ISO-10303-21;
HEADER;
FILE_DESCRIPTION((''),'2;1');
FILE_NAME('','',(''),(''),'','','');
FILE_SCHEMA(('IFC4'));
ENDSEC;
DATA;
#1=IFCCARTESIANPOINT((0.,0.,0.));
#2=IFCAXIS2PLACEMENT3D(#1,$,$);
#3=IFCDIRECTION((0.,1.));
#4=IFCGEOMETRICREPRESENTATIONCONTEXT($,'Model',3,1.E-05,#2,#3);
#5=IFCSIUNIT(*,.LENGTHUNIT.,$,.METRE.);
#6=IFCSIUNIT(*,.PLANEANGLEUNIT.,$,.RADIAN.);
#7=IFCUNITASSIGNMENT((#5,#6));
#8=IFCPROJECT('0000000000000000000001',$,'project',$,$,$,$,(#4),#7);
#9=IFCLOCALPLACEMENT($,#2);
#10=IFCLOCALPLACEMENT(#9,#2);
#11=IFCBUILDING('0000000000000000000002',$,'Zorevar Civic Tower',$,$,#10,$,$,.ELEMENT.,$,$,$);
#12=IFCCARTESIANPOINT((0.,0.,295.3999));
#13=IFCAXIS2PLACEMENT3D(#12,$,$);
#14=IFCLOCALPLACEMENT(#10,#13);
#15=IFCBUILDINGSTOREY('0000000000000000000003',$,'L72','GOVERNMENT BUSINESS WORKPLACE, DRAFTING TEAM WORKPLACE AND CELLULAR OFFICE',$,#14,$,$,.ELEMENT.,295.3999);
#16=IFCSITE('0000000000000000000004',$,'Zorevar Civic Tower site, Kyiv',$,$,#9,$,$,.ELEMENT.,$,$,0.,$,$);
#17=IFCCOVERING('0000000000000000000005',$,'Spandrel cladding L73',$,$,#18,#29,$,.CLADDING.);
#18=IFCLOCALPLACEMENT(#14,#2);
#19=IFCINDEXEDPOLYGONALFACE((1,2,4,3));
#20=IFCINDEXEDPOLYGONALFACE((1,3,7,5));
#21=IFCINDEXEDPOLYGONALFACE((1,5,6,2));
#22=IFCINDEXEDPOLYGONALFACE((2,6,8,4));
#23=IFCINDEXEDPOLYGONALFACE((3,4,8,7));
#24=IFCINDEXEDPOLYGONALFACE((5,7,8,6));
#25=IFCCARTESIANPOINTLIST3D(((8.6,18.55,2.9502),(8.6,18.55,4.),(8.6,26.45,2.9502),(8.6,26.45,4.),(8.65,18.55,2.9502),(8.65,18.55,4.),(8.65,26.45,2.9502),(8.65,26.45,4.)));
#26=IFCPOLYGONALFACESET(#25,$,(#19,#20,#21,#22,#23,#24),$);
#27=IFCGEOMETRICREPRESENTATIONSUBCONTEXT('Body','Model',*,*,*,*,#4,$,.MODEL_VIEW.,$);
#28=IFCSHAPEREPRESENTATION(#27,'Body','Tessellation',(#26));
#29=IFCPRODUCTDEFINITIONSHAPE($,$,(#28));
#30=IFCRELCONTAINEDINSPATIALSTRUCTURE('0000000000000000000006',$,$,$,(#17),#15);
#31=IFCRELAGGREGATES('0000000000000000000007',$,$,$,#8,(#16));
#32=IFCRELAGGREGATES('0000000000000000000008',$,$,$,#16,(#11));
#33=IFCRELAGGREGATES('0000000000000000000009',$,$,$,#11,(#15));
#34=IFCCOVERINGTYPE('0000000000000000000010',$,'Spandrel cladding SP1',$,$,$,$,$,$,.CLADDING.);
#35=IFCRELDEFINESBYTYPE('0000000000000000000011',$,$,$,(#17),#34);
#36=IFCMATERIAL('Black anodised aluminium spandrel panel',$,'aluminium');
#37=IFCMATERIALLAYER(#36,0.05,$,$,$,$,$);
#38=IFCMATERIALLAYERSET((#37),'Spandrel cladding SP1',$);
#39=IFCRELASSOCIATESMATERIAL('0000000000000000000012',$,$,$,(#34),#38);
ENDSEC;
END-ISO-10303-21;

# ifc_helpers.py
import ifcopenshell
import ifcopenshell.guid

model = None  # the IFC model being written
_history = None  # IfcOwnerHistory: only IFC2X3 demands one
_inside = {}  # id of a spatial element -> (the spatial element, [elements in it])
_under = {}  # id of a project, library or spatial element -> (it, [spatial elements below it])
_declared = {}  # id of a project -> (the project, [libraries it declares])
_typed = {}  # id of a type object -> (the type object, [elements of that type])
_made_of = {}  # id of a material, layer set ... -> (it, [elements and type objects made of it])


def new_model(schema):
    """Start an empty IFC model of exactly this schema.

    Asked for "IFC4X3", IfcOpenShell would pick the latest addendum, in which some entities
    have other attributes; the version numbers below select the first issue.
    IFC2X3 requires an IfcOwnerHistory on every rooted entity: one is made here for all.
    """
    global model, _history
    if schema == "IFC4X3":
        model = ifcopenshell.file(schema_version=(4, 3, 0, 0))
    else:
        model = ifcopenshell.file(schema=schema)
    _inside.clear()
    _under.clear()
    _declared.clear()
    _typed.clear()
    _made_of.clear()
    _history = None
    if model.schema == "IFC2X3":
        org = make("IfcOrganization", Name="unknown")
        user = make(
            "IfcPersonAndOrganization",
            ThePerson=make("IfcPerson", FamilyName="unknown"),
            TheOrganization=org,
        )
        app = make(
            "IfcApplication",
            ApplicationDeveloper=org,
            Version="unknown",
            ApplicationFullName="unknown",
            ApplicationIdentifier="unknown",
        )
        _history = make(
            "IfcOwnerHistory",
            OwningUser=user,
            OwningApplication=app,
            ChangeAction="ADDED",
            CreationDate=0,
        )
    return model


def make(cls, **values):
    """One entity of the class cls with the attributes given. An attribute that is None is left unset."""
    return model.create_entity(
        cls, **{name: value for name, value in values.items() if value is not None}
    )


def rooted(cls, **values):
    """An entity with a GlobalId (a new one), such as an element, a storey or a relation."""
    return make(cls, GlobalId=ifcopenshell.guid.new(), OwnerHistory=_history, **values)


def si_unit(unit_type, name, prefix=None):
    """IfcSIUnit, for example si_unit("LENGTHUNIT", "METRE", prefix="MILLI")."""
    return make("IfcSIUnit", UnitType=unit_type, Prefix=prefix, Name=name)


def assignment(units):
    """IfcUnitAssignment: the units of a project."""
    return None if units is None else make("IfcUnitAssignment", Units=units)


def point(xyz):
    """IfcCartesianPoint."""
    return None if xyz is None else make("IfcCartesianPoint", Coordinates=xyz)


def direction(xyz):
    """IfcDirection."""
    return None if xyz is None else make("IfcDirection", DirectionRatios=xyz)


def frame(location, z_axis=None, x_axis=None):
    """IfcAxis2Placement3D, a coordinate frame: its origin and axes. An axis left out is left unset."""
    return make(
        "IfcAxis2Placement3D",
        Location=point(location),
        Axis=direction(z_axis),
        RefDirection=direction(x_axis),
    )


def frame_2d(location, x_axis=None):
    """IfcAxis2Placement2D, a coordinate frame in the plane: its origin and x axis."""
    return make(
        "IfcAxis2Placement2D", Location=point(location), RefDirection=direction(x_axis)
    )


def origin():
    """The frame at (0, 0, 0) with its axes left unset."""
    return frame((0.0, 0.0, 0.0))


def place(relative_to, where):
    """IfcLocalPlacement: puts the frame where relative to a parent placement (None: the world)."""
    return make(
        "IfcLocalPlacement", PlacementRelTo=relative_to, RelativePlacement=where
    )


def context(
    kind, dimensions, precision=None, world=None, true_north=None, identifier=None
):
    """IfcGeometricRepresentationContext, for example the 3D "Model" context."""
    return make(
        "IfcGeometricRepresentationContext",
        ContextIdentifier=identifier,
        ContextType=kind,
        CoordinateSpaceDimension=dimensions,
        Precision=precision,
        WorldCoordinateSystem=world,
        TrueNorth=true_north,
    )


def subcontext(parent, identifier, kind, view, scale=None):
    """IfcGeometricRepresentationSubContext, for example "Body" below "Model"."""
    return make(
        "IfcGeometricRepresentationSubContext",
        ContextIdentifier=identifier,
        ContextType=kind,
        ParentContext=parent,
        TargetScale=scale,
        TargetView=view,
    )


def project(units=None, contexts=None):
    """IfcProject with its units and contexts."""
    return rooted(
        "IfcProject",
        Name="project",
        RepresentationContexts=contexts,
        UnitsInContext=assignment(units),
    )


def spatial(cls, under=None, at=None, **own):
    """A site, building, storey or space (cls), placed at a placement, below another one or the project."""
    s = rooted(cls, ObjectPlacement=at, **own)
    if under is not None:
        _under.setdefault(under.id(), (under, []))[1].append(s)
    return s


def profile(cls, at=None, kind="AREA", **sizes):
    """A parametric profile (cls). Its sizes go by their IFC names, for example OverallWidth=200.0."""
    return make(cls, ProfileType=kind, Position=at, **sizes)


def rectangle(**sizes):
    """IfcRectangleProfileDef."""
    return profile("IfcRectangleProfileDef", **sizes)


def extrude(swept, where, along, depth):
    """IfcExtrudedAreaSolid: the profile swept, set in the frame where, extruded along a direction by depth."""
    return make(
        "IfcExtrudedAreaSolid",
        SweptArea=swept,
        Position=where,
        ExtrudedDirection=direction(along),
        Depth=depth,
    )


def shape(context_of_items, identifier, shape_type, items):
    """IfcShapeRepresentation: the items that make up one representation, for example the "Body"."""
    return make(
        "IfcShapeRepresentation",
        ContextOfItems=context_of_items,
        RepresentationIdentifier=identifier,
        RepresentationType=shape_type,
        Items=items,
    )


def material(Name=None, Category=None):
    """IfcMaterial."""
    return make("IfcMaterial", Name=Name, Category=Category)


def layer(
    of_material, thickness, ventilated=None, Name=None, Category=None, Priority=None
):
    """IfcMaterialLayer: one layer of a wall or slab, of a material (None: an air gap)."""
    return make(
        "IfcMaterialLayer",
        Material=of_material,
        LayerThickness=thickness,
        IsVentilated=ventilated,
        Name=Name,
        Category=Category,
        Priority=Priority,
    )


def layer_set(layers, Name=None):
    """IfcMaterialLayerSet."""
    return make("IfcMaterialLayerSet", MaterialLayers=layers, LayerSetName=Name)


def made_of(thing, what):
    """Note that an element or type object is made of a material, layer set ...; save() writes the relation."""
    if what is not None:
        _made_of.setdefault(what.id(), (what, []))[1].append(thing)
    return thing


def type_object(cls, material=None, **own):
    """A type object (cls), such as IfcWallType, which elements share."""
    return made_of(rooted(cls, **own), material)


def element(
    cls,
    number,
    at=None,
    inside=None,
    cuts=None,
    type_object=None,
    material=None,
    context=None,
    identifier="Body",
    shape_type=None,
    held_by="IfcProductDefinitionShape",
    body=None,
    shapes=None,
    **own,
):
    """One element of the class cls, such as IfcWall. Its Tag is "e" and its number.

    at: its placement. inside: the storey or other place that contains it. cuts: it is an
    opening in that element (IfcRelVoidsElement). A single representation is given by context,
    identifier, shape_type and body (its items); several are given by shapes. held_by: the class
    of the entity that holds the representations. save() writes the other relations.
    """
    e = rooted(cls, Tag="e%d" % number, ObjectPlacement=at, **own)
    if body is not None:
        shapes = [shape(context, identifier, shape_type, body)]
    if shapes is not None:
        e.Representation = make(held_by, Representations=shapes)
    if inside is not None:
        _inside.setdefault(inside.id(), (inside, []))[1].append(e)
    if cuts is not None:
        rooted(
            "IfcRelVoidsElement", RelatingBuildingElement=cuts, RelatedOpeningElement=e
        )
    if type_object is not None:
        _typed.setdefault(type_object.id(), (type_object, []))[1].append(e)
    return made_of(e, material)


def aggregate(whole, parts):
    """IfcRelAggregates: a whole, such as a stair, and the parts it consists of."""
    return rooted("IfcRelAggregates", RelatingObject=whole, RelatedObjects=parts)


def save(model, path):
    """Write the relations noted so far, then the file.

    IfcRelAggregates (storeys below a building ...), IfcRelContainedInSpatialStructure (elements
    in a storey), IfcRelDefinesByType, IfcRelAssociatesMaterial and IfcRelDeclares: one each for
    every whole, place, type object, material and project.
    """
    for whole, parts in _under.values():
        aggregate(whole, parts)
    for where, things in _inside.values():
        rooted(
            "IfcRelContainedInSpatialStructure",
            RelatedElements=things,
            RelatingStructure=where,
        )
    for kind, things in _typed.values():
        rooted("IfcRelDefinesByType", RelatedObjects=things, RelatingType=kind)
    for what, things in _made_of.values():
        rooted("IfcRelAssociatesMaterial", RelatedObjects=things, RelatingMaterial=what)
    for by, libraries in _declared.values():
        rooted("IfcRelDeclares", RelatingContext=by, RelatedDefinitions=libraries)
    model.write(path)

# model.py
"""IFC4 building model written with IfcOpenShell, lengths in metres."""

from ifc_helpers import new_model, si_unit, direction, frame, frame_2d, origin, place, context, subcontext, project, spatial, rectangle, extrude, material, layer, layer_set, type_object, element, save


model = new_model("IFC4")

# Units and contexts
model_context = context("Model", 3, precision=1e-05, world=origin(), true_north=direction((0.0, 1.0)))
body_context = subcontext(model_context, "Body", "Model", "MODEL_VIEW")
ifc_project = project(units=[si_unit("LENGTHUNIT", "METRE"), si_unit("PLANEANGLEUNIT", "RADIAN")], contexts=[model_context])

# Site, building, storey
site_placement = place(None, origin())
site = spatial("IfcSite", under=ifc_project, at=site_placement, Name="Zorevar Civic Tower site, Kyiv", CompositionType="ELEMENT", RefElevation=0.0)
building_placement = place(site_placement, origin())
building = spatial("IfcBuilding", under=site, at=building_placement, Name="Zorevar Civic Tower", CompositionType="ELEMENT")
storey_placement = place(building_placement, frame((0.0, 0.0, 295.3999)))
storey = spatial("IfcBuildingStorey", under=building, at=storey_placement, Name="L72", Description="GOVERNMENT BUSINESS WORKPLACE, DRAFTING TEAM WORKPLACE AND CELLULAR OFFICE", CompositionType="ELEMENT", Elevation=295.3999)

# Covering
ifc_material_1 = material(Name="Black anodised aluminium spandrel panel", Category="aluminium")
ifc_layer_1 = layer(ifc_material_1, 0.05)
ifc_layer_set_1 = layer_set([ifc_layer_1], Name="Spandrel cladding SP1")
covering_type = type_object("IfcCoveringType", Name="Spandrel cladding SP1", PredefinedType="CLADDING", material=ifc_layer_set_1)
covering_placement = place(storey_placement, frame((8.625, 18.55, 2.9502), z_axis=(0.0, 0.0, 1.0), x_axis=(0.0, 1.0, 0.0)))
element("IfcCovering", 1, at=covering_placement, inside=storey, type_object=covering_type, Name="Spandrel cladding L73", PredefinedType="CLADDING", context=body_context, shape_type="SweptSolid", body=[
    extrude(rectangle(XDim=7.8999, YDim=0.05, at=frame_2d((3.95, 0.0))), origin(), (0.0, 0.0, 1.0), 1.0498),
])

save(model, "model.ifc")
